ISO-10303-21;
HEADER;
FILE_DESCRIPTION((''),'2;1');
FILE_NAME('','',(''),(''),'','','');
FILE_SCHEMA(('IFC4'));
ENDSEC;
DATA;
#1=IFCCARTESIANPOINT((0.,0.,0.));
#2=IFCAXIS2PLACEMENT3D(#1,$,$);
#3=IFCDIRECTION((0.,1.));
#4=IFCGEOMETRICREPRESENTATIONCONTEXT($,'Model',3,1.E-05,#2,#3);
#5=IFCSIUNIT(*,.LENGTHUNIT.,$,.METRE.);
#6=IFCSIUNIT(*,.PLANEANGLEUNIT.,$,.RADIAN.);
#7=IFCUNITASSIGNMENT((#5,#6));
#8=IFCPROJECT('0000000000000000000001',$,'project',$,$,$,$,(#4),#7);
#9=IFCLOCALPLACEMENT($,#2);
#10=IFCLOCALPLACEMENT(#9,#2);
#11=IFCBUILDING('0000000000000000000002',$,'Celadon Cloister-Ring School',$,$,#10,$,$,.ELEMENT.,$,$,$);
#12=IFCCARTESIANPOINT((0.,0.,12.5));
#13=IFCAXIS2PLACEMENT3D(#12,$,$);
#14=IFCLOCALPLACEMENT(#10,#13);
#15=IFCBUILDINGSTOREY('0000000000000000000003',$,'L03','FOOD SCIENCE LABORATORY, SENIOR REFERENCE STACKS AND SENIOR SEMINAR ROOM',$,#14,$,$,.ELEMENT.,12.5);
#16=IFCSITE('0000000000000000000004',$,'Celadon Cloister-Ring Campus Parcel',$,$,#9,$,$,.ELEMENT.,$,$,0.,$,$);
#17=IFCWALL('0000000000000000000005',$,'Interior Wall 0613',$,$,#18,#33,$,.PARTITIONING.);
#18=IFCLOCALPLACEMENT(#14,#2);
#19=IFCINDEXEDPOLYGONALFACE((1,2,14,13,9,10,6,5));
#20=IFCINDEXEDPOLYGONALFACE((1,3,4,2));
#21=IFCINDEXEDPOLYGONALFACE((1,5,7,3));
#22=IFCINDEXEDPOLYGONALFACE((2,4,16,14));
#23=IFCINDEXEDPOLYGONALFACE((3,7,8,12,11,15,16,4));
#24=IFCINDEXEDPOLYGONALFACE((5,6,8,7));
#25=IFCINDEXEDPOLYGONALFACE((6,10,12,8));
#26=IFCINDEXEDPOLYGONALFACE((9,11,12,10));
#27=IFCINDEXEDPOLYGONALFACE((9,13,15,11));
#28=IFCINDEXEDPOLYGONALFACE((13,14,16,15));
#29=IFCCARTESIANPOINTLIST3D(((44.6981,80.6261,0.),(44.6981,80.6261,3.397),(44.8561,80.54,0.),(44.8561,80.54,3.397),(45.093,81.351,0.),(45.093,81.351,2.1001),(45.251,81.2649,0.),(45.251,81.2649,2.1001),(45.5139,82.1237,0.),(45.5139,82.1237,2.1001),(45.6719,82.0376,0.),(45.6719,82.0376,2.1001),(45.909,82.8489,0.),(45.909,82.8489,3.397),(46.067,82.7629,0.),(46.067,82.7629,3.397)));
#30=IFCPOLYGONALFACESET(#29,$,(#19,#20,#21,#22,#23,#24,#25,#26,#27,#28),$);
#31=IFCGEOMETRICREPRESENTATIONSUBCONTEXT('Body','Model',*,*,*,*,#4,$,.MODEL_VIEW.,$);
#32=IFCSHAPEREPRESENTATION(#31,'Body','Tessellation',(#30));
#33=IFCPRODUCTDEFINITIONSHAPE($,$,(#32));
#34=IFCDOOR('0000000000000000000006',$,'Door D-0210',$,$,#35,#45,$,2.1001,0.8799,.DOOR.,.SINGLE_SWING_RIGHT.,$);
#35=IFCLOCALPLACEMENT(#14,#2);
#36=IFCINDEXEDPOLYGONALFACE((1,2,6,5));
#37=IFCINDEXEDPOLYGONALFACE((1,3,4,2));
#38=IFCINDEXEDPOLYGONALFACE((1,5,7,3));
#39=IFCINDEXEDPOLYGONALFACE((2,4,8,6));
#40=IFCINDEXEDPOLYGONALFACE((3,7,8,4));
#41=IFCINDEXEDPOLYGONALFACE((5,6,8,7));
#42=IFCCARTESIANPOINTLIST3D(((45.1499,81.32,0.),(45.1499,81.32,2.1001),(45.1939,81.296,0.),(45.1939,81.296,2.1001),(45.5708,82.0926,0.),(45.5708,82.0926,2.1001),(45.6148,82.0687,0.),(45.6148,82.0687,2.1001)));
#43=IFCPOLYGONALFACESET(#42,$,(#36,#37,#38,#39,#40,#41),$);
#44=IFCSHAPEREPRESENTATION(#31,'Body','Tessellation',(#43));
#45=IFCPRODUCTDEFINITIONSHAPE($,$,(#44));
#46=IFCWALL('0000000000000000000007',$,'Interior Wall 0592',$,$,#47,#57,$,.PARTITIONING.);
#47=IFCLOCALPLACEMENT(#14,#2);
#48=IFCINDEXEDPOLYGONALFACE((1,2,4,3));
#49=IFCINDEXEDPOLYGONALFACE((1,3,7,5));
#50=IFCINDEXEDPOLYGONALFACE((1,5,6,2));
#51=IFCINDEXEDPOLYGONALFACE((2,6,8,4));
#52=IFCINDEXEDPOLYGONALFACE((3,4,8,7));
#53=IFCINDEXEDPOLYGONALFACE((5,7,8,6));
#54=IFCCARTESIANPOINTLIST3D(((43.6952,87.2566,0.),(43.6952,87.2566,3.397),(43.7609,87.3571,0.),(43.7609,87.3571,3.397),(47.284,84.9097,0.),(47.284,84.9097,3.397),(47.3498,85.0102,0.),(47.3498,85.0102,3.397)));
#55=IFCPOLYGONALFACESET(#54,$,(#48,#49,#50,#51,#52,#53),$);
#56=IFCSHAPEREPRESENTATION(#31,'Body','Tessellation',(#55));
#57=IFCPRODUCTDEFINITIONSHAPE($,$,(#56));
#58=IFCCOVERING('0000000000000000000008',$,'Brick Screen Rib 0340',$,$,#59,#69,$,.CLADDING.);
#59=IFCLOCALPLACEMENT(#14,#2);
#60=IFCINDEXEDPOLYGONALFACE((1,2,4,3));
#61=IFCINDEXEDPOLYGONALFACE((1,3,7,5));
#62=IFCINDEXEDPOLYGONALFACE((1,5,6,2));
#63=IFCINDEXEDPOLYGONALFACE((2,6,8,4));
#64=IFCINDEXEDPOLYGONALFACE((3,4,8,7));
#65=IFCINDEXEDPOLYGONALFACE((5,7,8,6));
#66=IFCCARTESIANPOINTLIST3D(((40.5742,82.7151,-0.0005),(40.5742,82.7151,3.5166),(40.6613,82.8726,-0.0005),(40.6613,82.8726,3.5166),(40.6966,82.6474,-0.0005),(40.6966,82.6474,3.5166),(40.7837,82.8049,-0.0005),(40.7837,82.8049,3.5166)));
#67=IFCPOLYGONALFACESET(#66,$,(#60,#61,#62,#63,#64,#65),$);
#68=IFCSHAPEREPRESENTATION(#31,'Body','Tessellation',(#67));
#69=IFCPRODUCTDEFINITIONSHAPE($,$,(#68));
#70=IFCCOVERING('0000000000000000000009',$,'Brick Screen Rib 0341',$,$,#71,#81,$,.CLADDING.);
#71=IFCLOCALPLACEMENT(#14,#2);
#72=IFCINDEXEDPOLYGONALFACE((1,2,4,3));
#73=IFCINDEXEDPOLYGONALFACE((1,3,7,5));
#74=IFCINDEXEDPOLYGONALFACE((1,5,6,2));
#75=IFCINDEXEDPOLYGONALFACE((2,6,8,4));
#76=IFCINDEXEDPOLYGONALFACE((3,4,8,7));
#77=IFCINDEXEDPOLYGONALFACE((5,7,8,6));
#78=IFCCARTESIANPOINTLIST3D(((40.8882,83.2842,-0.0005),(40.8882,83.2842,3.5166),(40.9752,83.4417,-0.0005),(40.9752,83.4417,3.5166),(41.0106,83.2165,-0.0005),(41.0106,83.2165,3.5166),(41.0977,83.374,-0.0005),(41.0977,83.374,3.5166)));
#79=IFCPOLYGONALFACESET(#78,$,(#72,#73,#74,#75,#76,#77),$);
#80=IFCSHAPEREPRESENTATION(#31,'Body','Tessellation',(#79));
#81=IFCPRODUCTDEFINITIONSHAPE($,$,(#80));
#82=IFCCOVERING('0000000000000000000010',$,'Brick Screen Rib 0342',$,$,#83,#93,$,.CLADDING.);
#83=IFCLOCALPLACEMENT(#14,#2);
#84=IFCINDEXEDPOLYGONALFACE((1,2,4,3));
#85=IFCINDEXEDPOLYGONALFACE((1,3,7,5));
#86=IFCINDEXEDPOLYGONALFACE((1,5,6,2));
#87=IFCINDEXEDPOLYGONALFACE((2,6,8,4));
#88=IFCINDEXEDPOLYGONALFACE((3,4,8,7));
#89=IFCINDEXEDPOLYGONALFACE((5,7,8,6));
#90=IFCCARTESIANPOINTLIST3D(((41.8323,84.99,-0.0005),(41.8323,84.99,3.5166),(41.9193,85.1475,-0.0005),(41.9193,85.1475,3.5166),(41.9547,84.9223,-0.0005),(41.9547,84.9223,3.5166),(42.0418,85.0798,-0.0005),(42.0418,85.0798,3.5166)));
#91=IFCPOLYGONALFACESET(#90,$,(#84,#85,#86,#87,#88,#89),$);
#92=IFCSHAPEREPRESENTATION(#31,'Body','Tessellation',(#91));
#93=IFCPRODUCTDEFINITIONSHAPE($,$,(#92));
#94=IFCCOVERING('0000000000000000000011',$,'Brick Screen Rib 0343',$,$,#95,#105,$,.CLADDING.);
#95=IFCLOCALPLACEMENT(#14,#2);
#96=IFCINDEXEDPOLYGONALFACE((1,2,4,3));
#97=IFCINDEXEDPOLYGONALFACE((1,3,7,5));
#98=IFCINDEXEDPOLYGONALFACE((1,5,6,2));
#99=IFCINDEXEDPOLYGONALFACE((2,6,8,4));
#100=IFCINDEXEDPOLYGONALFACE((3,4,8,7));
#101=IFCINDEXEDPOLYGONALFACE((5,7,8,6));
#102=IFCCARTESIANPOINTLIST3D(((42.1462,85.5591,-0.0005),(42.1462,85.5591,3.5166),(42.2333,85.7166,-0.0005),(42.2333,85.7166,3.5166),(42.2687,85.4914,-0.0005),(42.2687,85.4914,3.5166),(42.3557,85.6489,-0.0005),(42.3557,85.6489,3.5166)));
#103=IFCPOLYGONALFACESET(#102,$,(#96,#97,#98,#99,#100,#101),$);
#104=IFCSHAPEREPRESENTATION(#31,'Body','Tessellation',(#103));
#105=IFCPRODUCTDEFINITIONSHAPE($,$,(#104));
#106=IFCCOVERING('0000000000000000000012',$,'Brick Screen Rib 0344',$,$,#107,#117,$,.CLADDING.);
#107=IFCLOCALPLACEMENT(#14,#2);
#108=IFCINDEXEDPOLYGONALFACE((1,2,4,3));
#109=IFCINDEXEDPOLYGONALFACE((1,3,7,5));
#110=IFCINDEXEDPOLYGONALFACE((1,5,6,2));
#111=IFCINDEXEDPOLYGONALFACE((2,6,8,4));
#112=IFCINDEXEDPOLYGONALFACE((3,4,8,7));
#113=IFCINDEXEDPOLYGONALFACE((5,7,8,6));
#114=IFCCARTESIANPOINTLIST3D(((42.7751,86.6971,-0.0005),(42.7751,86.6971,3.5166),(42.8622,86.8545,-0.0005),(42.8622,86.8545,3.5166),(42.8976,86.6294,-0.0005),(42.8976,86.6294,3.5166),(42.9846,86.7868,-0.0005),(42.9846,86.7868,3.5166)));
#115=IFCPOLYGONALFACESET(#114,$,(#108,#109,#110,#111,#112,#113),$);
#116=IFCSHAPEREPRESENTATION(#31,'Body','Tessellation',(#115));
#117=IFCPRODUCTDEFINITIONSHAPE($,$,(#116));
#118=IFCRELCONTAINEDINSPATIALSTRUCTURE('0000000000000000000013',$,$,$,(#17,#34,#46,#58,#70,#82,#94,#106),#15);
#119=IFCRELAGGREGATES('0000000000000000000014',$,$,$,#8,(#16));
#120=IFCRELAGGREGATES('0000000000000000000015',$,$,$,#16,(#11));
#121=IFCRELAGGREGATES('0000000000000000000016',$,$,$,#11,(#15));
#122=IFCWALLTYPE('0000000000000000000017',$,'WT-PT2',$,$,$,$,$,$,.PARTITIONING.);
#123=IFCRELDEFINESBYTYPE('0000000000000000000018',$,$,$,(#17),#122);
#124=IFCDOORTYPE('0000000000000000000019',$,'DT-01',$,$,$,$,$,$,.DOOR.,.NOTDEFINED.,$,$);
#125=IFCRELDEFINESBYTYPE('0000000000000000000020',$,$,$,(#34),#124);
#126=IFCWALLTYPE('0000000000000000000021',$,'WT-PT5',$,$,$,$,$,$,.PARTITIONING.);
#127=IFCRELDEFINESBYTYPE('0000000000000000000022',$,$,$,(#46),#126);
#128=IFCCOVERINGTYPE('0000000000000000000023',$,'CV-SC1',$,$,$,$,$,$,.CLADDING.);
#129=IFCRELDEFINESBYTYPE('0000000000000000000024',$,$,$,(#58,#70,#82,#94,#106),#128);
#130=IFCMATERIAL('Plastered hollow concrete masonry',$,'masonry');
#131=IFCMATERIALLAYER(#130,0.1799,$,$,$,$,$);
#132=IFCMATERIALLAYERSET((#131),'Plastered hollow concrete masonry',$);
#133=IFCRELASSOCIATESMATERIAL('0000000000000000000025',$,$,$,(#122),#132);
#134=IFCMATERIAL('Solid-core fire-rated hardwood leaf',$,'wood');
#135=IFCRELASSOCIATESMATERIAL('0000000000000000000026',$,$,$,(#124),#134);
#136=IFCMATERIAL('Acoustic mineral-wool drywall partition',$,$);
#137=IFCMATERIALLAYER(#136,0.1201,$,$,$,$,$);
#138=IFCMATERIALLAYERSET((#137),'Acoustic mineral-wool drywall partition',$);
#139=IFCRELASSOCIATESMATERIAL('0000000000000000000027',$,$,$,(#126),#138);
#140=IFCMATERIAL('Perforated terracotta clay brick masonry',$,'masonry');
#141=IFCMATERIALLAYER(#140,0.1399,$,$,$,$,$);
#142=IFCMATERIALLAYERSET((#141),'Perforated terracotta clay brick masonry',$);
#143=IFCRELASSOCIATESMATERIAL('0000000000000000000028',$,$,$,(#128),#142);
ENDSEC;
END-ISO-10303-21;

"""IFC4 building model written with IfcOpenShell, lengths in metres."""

from ifc_helpers import new_model, si_unit, direction, frame, frame_2d, origin, origin_2d, place, context, subcontext, project, spatial, rectangle, extrude, material, layer, layer_set, type_object, element, fill, save


model = new_model("IFC4")

# Units and contexts
model_context = context("Model", 3, precision=1e-05, world=origin(), true_north=direction((0.0, 1.0)))
body_context = subcontext(model_context, "Body", "Model", "MODEL_VIEW")
ifc_project = project(units=[si_unit("LENGTHUNIT", "METRE"), si_unit("PLANEANGLEUNIT", "RADIAN")], contexts=[model_context])

# Site, building, storey
site_placement = place(None, origin())
site = spatial("IfcSite", under=ifc_project, at=site_placement, Name="Celadon Cloister-Ring Campus Parcel", CompositionType="ELEMENT", RefElevation=0.0)
building_placement = place(site_placement, origin())
building = spatial("IfcBuilding", under=site, at=building_placement, Name="Celadon Cloister-Ring School", CompositionType="ELEMENT")
storey_placement = place(building_placement, frame((0.0, 0.0, 12.5)))
storey = spatial("IfcBuildingStorey", under=building, at=storey_placement, Name="L03", Description="FOOD SCIENCE LABORATORY, SENIOR REFERENCE STACKS AND SENIOR SEMINAR ROOM", CompositionType="ELEMENT", Elevation=12.5)

# Shared definitions
ifc_material_1 = material(Name="Plastered hollow concrete masonry", Category="masonry")
ifc_layer_1 = layer(ifc_material_1, 0.1799)
ifc_layer_set_1 = layer_set([ifc_layer_1], Name="Plastered hollow concrete masonry")
wall_type_1 = type_object("IfcWallType", Name="WT-PT2", PredefinedType="PARTITIONING", material=ifc_layer_set_1)

# Wall, opening, door
ifc_material_2 = material(Name="Solid-core fire-rated hardwood leaf", Category="wood")
door_type = type_object("IfcDoorType", Name="DT-01", OperationType="NOTDEFINED", PredefinedType="DOOR", material=ifc_material_2)
wall_1_placement = place(storey_placement, frame((45.988, 82.8059, 0.0), z_axis=(0.0, 0.0, 1.0), x_axis=(-0.478379, -0.878153, 0.0)))
wall_1 = element("IfcWall", 1, at=wall_1_placement, inside=storey, type_object=wall_type_1, Name="Interior Wall 0613", PredefinedType="PARTITIONING", context=body_context, shape_type="SweptSolid", body=[
    extrude(rectangle(XDim=2.5312, YDim=0.1799, at=frame_2d((1.2656, 0.0))), origin(), (0.0, 0.0, 1.0), 3.397),
])
opening_1_placement = place(wall_1_placement, frame((0.8259, 0.0, 0.0)))
opening_1 = element("IfcOpeningElement", 2, at=opening_1_placement, cuts=wall_1, PredefinedType="OPENING", context=body_context, shape_type="SweptSolid", body=[
    extrude(rectangle(XDim=0.8799, YDim=2.1001, at=frame_2d((0.4399, 1.05))), frame((0.0, 0.1001, 0.0), z_axis=(0.0, -1.0, 0.0), x_axis=(1.0, 0.0, 0.0)), (0.0, 0.0, 1.0), 0.2),
])
door_1_placement = place(opening_1_placement, origin())
door_1 = element("IfcDoor", 3, at=door_1_placement, inside=storey, type_object=door_type, Name="Door D-0210", OperationType="SINGLE_SWING_RIGHT", OverallHeight=2.1001, OverallWidth=0.8799, PredefinedType="DOOR", context=body_context, shape_type="SweptSolid", body=[
    extrude(rectangle(XDim=0.8799, YDim=2.1001, at=frame_2d((0.4399, 1.05))), frame((0.0, 0.0249, 0.0), z_axis=(0.0, -1.0, 0.0), x_axis=(1.0, 0.0, 0.0)), (0.0, 0.0, 1.0), 0.05),
])
fill(opening_1, door_1)

# Wall
ifc_material_3 = material(Name="Acoustic mineral-wool drywall partition")
ifc_layer_2 = layer(ifc_material_3, 0.1201)
ifc_layer_set_2 = layer_set([ifc_layer_2], Name="Acoustic mineral-wool drywall partition")
wall_type_2 = type_object("IfcWallType", Name="WT-PT5", PredefinedType="PARTITIONING", material=ifc_layer_set_2)
wall_2_placement = place(storey_placement, frame((47.3169, 84.96, 0.0), z_axis=(0.0, 0.0, 1.0), x_axis=(-0.836931, 0.547308, 0.0)))
element("IfcWall", 4, at=wall_2_placement, inside=storey, type_object=wall_type_2, Name="Interior Wall 0592", PredefinedType="PARTITIONING", context=body_context, shape_type="SweptSolid", body=[
    extrude(rectangle(XDim=4.2881, YDim=0.1201, at=frame_2d((2.144, 0.0))), origin(), (0.0, 0.0, 1.0), 3.397),
])

# Coverings
ifc_material_4 = material(Name="Perforated terracotta clay brick masonry", Category="masonry")
ifc_layer_3 = layer(ifc_material_4, 0.1399)
ifc_layer_set_3 = layer_set([ifc_layer_3], Name="Perforated terracotta clay brick masonry")
covering_type = type_object("IfcCoveringType", Name="CV-SC1", PredefinedType="CLADDING", material=ifc_layer_set_3)
for number, where, z_axis, x_axis, name in (
    (5, (40.679, 82.76, -0.0005), (0.0, 0.0, 1.0), (0.483832, 0.875161, 0.0), "Brick Screen Rib 0340"),
    (6, (40.9929, 83.3291, -0.0005), (0.0, 0.0, 1.0), (0.483832, 0.875161, 0.0), "Brick Screen Rib 0341"),
    (7, (41.937, 85.0349, -0.0005), (0.0, 0.0, 1.0), (0.483832, 0.875161, 0.0), "Brick Screen Rib 0342"),
    (8, (42.251, 85.604, -0.0005), (0.0, 0.0, 1.0), (0.483832, 0.875161, 0.0), "Brick Screen Rib 0343"),
    (9, (42.8799, 86.7419, -0.0005), (0.0, 0.0, 1.0), (0.483832, 0.875161, 0.0), "Brick Screen Rib 0344"),
):
    element("IfcCovering", number, at=place(storey_placement, frame(where, z_axis=z_axis, x_axis=x_axis)), inside=storey, type_object=covering_type, Name=name, PredefinedType="CLADDING", context=body_context, shape_type="SweptSolid", body=[
        extrude(rectangle(XDim=0.1799, YDim=0.1399, at=origin_2d()), origin(), (0.0, 0.0, 1.0), 3.5171),
    ])

save(model, "model.ifc")
